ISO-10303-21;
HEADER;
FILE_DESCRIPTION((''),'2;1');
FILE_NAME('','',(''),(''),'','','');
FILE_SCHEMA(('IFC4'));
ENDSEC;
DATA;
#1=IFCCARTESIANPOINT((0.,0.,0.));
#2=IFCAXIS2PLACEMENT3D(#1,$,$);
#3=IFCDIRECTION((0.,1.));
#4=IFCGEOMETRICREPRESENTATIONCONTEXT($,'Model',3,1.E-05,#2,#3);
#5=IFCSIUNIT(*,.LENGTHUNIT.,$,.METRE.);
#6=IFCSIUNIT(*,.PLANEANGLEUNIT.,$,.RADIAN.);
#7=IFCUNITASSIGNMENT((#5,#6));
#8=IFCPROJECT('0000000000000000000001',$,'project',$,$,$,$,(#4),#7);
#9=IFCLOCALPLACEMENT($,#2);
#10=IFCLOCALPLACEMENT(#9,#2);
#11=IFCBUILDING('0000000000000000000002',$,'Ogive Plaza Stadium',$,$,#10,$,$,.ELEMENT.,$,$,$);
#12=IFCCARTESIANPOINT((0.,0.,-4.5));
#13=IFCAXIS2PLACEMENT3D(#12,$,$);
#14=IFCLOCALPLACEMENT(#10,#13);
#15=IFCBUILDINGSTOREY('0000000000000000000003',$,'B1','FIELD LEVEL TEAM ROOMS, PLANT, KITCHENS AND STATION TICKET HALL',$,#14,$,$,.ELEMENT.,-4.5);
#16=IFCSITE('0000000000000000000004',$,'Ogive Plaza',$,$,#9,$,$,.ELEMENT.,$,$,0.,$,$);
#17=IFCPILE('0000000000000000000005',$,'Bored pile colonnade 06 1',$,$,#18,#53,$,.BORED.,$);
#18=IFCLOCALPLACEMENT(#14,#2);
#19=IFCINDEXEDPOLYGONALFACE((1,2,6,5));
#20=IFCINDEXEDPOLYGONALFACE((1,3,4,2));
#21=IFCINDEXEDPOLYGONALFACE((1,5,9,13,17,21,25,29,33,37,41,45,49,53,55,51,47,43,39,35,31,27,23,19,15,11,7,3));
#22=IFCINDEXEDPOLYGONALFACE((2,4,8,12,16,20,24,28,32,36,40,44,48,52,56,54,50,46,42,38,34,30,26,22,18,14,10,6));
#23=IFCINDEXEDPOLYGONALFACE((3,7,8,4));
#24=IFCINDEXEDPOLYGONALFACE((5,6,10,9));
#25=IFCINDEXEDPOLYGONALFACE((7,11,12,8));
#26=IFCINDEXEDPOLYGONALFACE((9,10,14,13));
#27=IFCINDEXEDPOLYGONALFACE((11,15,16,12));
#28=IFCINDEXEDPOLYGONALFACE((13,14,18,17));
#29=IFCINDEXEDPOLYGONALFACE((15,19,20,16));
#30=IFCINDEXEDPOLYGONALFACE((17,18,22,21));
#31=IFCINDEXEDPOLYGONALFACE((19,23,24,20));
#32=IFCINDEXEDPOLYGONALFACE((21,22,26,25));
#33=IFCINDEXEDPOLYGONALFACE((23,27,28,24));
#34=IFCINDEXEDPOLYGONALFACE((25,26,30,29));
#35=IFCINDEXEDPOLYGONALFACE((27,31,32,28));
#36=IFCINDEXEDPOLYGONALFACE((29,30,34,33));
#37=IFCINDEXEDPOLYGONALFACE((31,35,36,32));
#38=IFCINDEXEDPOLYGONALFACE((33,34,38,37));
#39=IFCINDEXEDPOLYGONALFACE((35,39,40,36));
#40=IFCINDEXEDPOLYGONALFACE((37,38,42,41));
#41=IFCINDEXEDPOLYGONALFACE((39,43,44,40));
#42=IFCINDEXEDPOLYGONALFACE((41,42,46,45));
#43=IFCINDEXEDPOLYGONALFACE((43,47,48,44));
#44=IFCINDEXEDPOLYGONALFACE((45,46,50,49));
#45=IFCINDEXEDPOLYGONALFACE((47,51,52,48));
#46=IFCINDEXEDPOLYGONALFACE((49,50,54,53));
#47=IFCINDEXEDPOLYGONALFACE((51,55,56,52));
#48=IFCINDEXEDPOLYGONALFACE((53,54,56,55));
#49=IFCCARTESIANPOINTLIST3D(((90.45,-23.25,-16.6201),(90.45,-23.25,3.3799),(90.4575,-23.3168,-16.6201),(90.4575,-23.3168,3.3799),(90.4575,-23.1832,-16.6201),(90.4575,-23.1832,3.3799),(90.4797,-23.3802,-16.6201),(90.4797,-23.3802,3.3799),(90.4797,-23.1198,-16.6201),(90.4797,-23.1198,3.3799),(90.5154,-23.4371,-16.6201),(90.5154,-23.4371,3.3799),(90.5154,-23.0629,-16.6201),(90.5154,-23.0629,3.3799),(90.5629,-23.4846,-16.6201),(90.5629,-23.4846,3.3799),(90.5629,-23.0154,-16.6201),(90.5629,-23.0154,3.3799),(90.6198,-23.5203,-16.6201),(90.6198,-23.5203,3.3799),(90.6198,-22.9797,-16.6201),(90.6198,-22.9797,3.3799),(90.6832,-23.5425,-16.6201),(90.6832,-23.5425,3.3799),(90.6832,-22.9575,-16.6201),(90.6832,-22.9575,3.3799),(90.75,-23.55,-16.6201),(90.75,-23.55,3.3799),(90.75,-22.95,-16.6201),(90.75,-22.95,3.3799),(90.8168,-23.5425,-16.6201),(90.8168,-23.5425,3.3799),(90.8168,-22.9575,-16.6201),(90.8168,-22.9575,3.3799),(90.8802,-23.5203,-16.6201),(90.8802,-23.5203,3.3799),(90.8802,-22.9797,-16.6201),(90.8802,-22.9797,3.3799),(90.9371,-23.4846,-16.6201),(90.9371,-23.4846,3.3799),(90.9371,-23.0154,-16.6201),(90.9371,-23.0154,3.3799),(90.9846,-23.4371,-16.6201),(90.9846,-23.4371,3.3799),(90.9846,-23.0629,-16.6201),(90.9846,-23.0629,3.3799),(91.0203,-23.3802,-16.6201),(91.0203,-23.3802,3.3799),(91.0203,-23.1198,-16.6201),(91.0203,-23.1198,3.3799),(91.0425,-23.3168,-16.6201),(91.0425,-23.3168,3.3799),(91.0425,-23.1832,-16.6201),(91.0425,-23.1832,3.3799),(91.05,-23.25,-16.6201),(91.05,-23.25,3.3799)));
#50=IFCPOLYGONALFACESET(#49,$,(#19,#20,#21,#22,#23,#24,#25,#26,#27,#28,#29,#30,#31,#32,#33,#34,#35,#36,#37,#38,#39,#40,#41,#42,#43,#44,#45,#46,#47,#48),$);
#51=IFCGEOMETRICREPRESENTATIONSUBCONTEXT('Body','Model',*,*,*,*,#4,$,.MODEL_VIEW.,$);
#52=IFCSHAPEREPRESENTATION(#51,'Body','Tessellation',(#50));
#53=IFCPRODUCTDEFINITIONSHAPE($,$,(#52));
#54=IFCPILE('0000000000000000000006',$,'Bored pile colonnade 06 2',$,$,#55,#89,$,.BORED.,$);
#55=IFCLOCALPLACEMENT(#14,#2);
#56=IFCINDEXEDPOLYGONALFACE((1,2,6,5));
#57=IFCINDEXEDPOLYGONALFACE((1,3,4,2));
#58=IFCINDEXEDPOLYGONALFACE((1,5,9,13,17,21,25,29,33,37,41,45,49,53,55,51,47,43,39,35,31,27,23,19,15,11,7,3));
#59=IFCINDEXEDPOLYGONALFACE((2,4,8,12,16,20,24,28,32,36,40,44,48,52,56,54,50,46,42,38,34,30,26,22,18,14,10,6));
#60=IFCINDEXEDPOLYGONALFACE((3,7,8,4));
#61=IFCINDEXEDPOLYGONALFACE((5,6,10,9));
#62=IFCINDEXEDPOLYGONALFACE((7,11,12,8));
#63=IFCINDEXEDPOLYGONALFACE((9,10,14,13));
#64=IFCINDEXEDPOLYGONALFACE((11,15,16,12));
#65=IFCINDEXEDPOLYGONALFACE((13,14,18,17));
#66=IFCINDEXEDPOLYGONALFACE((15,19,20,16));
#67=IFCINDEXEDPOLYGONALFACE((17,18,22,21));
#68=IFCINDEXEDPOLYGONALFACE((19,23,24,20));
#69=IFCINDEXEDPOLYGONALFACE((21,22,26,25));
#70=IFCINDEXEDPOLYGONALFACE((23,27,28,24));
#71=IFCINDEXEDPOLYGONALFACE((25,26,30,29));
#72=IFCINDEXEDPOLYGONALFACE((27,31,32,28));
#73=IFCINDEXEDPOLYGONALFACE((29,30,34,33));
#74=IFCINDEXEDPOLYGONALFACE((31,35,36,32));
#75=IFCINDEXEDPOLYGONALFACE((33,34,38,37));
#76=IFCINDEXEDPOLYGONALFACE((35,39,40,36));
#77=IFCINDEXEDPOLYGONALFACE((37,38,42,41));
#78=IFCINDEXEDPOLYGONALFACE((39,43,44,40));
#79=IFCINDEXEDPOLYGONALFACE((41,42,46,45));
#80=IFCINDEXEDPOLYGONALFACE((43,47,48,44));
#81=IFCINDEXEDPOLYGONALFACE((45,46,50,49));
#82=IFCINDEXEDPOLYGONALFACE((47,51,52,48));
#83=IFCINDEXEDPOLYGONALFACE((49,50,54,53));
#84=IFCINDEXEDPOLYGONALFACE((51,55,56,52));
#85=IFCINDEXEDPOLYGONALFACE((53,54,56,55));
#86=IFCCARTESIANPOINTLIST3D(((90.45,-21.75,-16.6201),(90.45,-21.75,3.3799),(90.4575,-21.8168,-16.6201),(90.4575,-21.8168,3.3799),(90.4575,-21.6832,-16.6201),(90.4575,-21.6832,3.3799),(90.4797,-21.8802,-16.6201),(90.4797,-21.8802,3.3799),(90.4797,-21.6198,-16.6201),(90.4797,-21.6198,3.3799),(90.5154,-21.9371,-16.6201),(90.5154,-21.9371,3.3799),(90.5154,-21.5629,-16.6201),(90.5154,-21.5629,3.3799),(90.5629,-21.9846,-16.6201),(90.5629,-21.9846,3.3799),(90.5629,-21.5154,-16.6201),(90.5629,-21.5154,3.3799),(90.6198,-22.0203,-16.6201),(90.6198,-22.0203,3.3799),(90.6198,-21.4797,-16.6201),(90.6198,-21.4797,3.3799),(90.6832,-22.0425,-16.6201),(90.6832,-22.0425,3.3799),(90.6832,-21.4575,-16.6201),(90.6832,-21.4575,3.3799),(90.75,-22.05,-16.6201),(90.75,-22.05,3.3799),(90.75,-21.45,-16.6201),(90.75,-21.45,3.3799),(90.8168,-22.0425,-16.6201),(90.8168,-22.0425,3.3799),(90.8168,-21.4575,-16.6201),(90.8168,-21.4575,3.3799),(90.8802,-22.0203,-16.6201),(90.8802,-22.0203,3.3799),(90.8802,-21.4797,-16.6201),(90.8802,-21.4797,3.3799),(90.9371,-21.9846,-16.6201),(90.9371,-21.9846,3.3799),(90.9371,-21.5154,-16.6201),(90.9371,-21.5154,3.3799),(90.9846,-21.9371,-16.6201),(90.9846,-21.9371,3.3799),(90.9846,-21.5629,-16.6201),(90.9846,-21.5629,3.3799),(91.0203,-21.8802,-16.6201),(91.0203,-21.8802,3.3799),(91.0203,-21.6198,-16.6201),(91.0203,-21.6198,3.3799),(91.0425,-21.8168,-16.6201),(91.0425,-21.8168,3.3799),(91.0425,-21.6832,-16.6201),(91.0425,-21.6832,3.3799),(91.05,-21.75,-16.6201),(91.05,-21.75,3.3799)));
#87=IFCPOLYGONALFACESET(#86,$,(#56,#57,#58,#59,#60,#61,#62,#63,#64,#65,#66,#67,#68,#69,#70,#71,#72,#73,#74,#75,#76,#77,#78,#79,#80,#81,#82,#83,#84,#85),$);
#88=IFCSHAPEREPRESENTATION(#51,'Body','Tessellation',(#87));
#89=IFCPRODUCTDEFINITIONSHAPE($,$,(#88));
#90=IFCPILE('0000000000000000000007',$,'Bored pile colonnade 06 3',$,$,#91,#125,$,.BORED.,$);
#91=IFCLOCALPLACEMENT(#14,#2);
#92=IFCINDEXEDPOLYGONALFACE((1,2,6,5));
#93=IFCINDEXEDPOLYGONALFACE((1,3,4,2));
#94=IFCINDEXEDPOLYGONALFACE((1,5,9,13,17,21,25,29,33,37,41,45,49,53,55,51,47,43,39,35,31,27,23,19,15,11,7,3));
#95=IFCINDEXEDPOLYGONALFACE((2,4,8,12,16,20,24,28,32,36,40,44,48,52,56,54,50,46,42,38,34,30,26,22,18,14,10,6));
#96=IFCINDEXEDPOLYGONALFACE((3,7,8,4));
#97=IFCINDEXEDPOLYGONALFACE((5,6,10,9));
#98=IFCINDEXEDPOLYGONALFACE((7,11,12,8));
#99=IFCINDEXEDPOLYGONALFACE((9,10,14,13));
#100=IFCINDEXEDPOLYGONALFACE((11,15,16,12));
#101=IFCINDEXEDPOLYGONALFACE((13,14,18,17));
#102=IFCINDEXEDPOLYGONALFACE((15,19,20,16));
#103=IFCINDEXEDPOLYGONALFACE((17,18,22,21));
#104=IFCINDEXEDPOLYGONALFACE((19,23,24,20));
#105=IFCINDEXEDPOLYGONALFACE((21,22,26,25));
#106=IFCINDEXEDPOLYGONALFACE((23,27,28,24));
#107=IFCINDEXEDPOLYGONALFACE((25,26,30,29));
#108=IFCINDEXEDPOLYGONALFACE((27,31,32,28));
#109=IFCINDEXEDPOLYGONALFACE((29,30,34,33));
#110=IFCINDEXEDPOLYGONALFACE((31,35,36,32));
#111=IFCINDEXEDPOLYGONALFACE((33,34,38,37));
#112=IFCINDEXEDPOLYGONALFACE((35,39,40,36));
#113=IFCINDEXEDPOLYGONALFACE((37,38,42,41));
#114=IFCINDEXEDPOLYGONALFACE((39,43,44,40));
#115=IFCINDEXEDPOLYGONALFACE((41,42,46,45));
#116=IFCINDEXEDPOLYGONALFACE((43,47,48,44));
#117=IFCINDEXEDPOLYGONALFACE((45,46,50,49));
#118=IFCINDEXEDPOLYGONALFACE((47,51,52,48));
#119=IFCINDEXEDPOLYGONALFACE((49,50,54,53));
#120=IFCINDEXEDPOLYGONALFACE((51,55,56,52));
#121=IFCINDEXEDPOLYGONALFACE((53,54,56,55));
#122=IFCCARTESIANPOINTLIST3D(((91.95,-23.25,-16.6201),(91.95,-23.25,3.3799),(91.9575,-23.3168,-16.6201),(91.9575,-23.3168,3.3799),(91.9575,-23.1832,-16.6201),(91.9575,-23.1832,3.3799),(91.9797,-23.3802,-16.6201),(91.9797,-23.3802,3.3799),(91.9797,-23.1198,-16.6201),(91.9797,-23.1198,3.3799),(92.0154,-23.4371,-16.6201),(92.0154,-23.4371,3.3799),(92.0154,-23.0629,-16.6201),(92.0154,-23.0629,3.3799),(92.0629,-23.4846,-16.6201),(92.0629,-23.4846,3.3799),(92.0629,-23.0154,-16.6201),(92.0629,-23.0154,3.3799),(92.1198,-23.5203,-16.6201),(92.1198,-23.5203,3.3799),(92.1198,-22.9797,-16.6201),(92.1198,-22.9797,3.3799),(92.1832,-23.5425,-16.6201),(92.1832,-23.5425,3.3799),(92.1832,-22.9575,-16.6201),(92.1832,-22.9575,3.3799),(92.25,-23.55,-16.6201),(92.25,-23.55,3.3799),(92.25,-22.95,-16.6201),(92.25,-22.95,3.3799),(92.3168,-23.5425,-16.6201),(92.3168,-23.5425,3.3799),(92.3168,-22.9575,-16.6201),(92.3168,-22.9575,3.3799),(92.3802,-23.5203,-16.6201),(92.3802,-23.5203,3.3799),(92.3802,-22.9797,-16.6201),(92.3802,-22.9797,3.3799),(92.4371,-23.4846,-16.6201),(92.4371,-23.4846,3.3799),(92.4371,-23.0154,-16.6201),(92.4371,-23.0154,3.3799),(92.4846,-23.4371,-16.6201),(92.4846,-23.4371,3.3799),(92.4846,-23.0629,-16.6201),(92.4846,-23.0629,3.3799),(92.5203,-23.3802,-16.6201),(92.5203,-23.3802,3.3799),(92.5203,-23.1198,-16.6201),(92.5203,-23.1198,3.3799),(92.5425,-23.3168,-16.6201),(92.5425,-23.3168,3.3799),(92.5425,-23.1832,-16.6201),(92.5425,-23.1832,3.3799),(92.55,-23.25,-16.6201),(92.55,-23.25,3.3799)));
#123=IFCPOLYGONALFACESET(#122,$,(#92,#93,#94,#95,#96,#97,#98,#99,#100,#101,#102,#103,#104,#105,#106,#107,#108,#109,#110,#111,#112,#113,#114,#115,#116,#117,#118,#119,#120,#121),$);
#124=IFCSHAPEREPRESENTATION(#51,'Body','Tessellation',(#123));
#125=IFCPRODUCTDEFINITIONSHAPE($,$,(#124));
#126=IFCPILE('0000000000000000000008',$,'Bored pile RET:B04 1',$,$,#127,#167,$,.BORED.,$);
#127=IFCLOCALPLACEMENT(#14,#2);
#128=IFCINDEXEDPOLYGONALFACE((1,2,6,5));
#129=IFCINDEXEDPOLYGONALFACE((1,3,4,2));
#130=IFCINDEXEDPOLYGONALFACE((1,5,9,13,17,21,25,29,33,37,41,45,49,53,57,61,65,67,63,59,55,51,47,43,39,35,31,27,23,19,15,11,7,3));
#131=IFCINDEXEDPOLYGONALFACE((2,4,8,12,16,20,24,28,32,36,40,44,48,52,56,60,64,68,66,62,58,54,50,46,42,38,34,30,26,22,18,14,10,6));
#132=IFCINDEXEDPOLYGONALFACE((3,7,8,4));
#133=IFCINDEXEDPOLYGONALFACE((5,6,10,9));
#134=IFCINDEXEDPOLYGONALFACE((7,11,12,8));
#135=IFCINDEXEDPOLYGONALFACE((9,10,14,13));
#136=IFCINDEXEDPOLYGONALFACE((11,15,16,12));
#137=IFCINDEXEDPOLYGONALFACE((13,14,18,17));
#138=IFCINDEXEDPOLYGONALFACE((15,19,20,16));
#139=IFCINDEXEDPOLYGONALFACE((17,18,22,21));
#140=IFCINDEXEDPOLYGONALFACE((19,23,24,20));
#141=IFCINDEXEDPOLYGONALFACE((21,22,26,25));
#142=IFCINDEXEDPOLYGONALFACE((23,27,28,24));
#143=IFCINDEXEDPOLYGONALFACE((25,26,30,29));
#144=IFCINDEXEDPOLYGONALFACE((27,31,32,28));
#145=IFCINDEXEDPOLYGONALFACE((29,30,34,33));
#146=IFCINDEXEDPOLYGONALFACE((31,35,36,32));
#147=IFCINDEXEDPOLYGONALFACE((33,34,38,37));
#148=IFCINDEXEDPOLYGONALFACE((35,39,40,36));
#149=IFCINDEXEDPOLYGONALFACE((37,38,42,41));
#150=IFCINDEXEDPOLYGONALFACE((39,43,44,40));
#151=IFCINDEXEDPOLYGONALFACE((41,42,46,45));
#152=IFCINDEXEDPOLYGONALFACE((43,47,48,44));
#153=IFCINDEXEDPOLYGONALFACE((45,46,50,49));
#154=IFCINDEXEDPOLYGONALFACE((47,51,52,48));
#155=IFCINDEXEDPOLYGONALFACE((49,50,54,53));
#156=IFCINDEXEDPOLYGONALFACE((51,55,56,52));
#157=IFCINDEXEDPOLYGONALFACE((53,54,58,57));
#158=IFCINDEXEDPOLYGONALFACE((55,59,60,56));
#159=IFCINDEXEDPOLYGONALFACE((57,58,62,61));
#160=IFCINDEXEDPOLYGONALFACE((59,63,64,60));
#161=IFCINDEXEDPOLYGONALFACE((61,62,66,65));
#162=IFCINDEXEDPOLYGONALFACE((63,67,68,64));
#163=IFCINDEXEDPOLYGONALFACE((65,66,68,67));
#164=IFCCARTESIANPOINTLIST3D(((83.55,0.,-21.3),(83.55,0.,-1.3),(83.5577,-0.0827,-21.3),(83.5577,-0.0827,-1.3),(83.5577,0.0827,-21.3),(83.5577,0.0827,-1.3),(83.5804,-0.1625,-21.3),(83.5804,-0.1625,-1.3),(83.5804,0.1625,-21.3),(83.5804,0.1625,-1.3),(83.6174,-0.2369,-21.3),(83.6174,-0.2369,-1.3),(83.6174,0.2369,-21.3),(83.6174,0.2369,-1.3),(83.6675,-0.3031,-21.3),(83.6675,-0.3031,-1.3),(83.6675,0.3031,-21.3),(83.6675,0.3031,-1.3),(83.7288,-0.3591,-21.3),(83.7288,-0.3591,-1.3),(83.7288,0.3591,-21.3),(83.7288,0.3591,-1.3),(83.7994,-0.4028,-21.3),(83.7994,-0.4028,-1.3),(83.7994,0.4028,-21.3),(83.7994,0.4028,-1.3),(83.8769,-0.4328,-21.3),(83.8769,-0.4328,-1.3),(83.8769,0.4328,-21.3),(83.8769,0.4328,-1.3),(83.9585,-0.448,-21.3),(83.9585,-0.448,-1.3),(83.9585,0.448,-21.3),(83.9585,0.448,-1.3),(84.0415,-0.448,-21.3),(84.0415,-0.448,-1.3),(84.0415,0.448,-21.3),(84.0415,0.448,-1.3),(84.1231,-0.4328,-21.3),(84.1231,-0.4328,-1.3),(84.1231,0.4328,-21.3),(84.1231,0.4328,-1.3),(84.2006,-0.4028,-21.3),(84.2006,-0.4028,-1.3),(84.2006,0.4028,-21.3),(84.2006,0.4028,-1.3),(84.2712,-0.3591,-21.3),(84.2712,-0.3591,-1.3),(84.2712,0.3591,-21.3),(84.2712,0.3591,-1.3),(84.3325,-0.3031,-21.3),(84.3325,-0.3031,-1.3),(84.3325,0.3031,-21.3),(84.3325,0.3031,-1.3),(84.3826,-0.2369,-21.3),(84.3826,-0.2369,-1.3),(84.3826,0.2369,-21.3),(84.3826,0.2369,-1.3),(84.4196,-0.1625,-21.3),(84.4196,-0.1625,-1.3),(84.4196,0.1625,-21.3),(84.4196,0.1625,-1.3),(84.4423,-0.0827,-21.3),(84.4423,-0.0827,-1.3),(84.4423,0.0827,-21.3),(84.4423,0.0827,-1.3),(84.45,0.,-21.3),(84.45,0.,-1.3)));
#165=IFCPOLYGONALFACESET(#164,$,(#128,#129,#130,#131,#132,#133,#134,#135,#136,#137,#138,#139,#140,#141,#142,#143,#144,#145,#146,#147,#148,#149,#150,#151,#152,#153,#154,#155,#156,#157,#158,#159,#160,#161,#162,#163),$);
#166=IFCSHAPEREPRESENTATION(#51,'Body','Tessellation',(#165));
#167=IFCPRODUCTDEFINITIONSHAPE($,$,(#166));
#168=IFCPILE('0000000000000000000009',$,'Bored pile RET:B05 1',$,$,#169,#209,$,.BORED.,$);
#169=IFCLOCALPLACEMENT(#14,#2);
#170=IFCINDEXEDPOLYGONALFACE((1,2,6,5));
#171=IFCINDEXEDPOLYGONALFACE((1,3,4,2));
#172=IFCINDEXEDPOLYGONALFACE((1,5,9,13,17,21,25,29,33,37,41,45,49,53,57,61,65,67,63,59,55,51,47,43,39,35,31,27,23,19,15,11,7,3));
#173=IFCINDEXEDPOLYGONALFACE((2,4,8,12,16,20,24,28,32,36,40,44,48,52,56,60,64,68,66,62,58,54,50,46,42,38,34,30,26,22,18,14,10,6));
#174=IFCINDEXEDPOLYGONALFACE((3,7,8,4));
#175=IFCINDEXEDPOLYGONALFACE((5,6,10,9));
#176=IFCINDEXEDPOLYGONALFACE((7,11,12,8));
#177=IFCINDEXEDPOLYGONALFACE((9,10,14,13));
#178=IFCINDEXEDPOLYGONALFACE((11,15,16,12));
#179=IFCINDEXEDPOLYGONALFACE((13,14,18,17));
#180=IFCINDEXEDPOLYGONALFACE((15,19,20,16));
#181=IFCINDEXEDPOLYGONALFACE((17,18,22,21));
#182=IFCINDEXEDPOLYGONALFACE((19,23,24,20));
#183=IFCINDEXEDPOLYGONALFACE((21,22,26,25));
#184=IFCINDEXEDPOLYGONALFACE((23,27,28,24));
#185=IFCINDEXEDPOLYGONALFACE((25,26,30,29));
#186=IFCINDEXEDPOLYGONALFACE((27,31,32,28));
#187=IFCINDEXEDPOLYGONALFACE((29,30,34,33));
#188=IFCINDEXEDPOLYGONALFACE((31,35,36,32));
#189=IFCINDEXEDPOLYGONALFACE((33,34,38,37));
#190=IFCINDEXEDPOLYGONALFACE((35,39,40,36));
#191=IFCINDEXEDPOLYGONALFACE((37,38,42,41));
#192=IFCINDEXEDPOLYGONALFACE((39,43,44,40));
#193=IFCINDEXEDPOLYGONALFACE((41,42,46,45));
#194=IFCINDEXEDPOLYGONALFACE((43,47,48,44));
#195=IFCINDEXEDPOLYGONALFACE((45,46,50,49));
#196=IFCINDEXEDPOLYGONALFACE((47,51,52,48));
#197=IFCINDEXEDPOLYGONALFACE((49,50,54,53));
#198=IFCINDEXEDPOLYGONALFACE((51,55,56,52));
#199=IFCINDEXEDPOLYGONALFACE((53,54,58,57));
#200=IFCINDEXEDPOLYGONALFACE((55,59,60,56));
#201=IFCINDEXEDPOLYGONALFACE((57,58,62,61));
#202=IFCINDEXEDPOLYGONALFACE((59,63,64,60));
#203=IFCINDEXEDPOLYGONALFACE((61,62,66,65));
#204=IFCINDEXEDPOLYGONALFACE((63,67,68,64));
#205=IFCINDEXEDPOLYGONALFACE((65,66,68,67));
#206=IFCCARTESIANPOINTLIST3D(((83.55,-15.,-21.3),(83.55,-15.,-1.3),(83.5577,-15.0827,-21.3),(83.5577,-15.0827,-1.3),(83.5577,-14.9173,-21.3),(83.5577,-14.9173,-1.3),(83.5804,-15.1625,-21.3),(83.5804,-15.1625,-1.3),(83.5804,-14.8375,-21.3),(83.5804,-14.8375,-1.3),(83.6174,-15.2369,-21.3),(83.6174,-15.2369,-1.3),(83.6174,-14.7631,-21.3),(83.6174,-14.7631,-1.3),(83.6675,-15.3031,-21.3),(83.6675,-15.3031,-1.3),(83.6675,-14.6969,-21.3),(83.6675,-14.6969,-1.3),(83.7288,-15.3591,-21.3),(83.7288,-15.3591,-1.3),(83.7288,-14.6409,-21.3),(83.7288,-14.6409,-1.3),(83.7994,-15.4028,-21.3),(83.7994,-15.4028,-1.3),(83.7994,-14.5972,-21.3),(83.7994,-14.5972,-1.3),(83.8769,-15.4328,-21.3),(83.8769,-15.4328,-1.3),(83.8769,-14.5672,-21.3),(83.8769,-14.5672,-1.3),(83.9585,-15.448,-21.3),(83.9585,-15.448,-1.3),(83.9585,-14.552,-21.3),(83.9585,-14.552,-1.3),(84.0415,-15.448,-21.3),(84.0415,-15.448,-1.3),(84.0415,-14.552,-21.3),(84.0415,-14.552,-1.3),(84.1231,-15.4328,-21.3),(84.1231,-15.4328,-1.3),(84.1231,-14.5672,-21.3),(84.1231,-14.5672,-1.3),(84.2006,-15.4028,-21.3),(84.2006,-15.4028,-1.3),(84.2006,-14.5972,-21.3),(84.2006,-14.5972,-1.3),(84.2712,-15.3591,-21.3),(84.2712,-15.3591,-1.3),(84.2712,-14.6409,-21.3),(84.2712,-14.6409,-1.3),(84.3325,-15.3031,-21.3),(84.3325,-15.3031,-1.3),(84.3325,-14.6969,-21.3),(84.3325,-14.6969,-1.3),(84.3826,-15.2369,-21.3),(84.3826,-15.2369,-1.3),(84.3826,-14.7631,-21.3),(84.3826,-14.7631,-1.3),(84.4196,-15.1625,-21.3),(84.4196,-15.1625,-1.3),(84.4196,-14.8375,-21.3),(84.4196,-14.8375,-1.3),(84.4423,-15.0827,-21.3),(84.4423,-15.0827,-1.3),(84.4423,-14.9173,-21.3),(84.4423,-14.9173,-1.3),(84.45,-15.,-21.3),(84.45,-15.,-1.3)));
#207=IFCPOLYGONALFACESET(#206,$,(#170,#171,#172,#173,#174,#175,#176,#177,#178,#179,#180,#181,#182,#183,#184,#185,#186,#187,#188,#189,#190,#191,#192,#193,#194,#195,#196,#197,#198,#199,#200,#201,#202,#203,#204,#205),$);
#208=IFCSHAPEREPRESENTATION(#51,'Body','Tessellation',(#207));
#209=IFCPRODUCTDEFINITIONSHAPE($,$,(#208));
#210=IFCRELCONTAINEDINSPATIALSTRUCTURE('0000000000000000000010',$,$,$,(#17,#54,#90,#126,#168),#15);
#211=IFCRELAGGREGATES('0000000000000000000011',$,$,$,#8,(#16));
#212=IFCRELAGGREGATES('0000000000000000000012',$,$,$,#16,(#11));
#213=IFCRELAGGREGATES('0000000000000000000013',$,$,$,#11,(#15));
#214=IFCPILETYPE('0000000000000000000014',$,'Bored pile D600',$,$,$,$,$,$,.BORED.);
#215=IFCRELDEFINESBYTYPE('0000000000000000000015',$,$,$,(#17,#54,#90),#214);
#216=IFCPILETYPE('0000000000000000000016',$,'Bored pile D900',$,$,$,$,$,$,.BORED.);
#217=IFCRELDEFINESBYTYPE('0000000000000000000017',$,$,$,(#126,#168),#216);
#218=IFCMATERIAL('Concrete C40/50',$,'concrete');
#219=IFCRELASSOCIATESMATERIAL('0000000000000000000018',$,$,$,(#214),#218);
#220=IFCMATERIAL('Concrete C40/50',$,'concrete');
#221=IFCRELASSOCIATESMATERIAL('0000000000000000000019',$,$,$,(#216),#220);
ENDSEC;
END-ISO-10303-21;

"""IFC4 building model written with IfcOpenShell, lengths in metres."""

from ifc_helpers import new_model, si_unit, direction, frame, origin, origin_2d, place, context, subcontext, project, spatial, circle, extrude, material, material_profile, profile_set, type_object, element, save


model = new_model("IFC4")

# Units and contexts
model_context = context("Model", 3, precision=1e-05, world=origin(), true_north=direction((0.0, 1.0)))
body_context = subcontext(model_context, "Body", "Model", "MODEL_VIEW")
ifc_project = project(units=[si_unit("LENGTHUNIT", "METRE"), si_unit("PLANEANGLEUNIT", "RADIAN")], contexts=[model_context])

# Site, building, storey
site_placement = place(None, origin())
site = spatial("IfcSite", under=ifc_project, at=site_placement, Name="Ogive Plaza", CompositionType="ELEMENT", RefElevation=0.0)
building_placement = place(site_placement, origin())
building = spatial("IfcBuilding", under=site, at=building_placement, Name="Ogive Plaza Stadium", CompositionType="ELEMENT")
storey_placement = place(building_placement, frame((0.0, 0.0, -4.5)))
storey = spatial("IfcBuildingStorey", under=building, at=storey_placement, Name="B1", Description="FIELD LEVEL TEAM ROOMS, PLANT, KITCHENS AND STATION TICKET HALL", CompositionType="ELEMENT", Elevation=-4.5)

# Piles
ifc_material_1 = material(Name="Concrete C40/50", Category="concrete")
ifc_material_profile_1 = material_profile(ifc_material_1, circle(Radius=0.3, at=origin_2d()), Name="RC D600")
ifc_profile_set_1 = profile_set([ifc_material_profile_1], Name="Concrete C40/50")
pile_type_1 = type_object("IfcPileType", Name="Bored pile D600", PredefinedType="BORED", material=ifc_profile_set_1)
for number, where, z_axis, x_axis, name in (
    (1, (90.75, -23.25, 3.3799), (0.0, 0.0, -1.0), (1.0, 0.0, 0.0), "Bored pile colonnade 06 1"),
    (2, (90.75, -21.75, 3.3799), (0.0, 0.0, -1.0), (1.0, 0.0, 0.0), "Bored pile colonnade 06 2"),
    (3, (92.25, -23.25, 3.3799), (0.0, 0.0, -1.0), (1.0, 0.0, 0.0), "Bored pile colonnade 06 3"),
):
    element("IfcPile", number, at=place(storey_placement, frame(where, z_axis=z_axis, x_axis=x_axis)), inside=storey, type_object=pile_type_1, Name=name, PredefinedType="BORED", context=body_context, shape_type="SweptSolid", body=[
        extrude(circle(Radius=0.3, at=origin_2d()), origin(), (0.0, 0.0, 1.0), 20.0),
    ])
ifc_material_2 = material(Name="Concrete C40/50", Category="concrete")
ifc_material_profile_2 = material_profile(ifc_material_2, circle(Radius=0.45, at=origin_2d()), Name="RC D900")
ifc_profile_set_2 = profile_set([ifc_material_profile_2], Name="Concrete C40/50")
pile_type_2 = type_object("IfcPileType", Name="Bored pile D900", PredefinedType="BORED", material=ifc_profile_set_2)
for number, where, z_axis, x_axis, name in (
    (4, (84.0, 0.0, -1.3), (0.0, 0.0, -1.0), (1.0, 0.0, 0.0), "Bored pile RET:B04 1"),
    (5, (84.0, -15.0, -1.3), (0.0, 0.0, -1.0), (1.0, 0.0, 0.0), "Bored pile RET:B05 1"),
):
    element("IfcPile", number, at=place(storey_placement, frame(where, z_axis=z_axis, x_axis=x_axis)), inside=storey, type_object=pile_type_2, Name=name, PredefinedType="BORED", context=body_context, shape_type="SweptSolid", body=[
        extrude(circle(Radius=0.45, at=origin_2d()), origin(), (0.0, 0.0, 1.0), 20.0),
    ])

save(model, "model.ifc")
